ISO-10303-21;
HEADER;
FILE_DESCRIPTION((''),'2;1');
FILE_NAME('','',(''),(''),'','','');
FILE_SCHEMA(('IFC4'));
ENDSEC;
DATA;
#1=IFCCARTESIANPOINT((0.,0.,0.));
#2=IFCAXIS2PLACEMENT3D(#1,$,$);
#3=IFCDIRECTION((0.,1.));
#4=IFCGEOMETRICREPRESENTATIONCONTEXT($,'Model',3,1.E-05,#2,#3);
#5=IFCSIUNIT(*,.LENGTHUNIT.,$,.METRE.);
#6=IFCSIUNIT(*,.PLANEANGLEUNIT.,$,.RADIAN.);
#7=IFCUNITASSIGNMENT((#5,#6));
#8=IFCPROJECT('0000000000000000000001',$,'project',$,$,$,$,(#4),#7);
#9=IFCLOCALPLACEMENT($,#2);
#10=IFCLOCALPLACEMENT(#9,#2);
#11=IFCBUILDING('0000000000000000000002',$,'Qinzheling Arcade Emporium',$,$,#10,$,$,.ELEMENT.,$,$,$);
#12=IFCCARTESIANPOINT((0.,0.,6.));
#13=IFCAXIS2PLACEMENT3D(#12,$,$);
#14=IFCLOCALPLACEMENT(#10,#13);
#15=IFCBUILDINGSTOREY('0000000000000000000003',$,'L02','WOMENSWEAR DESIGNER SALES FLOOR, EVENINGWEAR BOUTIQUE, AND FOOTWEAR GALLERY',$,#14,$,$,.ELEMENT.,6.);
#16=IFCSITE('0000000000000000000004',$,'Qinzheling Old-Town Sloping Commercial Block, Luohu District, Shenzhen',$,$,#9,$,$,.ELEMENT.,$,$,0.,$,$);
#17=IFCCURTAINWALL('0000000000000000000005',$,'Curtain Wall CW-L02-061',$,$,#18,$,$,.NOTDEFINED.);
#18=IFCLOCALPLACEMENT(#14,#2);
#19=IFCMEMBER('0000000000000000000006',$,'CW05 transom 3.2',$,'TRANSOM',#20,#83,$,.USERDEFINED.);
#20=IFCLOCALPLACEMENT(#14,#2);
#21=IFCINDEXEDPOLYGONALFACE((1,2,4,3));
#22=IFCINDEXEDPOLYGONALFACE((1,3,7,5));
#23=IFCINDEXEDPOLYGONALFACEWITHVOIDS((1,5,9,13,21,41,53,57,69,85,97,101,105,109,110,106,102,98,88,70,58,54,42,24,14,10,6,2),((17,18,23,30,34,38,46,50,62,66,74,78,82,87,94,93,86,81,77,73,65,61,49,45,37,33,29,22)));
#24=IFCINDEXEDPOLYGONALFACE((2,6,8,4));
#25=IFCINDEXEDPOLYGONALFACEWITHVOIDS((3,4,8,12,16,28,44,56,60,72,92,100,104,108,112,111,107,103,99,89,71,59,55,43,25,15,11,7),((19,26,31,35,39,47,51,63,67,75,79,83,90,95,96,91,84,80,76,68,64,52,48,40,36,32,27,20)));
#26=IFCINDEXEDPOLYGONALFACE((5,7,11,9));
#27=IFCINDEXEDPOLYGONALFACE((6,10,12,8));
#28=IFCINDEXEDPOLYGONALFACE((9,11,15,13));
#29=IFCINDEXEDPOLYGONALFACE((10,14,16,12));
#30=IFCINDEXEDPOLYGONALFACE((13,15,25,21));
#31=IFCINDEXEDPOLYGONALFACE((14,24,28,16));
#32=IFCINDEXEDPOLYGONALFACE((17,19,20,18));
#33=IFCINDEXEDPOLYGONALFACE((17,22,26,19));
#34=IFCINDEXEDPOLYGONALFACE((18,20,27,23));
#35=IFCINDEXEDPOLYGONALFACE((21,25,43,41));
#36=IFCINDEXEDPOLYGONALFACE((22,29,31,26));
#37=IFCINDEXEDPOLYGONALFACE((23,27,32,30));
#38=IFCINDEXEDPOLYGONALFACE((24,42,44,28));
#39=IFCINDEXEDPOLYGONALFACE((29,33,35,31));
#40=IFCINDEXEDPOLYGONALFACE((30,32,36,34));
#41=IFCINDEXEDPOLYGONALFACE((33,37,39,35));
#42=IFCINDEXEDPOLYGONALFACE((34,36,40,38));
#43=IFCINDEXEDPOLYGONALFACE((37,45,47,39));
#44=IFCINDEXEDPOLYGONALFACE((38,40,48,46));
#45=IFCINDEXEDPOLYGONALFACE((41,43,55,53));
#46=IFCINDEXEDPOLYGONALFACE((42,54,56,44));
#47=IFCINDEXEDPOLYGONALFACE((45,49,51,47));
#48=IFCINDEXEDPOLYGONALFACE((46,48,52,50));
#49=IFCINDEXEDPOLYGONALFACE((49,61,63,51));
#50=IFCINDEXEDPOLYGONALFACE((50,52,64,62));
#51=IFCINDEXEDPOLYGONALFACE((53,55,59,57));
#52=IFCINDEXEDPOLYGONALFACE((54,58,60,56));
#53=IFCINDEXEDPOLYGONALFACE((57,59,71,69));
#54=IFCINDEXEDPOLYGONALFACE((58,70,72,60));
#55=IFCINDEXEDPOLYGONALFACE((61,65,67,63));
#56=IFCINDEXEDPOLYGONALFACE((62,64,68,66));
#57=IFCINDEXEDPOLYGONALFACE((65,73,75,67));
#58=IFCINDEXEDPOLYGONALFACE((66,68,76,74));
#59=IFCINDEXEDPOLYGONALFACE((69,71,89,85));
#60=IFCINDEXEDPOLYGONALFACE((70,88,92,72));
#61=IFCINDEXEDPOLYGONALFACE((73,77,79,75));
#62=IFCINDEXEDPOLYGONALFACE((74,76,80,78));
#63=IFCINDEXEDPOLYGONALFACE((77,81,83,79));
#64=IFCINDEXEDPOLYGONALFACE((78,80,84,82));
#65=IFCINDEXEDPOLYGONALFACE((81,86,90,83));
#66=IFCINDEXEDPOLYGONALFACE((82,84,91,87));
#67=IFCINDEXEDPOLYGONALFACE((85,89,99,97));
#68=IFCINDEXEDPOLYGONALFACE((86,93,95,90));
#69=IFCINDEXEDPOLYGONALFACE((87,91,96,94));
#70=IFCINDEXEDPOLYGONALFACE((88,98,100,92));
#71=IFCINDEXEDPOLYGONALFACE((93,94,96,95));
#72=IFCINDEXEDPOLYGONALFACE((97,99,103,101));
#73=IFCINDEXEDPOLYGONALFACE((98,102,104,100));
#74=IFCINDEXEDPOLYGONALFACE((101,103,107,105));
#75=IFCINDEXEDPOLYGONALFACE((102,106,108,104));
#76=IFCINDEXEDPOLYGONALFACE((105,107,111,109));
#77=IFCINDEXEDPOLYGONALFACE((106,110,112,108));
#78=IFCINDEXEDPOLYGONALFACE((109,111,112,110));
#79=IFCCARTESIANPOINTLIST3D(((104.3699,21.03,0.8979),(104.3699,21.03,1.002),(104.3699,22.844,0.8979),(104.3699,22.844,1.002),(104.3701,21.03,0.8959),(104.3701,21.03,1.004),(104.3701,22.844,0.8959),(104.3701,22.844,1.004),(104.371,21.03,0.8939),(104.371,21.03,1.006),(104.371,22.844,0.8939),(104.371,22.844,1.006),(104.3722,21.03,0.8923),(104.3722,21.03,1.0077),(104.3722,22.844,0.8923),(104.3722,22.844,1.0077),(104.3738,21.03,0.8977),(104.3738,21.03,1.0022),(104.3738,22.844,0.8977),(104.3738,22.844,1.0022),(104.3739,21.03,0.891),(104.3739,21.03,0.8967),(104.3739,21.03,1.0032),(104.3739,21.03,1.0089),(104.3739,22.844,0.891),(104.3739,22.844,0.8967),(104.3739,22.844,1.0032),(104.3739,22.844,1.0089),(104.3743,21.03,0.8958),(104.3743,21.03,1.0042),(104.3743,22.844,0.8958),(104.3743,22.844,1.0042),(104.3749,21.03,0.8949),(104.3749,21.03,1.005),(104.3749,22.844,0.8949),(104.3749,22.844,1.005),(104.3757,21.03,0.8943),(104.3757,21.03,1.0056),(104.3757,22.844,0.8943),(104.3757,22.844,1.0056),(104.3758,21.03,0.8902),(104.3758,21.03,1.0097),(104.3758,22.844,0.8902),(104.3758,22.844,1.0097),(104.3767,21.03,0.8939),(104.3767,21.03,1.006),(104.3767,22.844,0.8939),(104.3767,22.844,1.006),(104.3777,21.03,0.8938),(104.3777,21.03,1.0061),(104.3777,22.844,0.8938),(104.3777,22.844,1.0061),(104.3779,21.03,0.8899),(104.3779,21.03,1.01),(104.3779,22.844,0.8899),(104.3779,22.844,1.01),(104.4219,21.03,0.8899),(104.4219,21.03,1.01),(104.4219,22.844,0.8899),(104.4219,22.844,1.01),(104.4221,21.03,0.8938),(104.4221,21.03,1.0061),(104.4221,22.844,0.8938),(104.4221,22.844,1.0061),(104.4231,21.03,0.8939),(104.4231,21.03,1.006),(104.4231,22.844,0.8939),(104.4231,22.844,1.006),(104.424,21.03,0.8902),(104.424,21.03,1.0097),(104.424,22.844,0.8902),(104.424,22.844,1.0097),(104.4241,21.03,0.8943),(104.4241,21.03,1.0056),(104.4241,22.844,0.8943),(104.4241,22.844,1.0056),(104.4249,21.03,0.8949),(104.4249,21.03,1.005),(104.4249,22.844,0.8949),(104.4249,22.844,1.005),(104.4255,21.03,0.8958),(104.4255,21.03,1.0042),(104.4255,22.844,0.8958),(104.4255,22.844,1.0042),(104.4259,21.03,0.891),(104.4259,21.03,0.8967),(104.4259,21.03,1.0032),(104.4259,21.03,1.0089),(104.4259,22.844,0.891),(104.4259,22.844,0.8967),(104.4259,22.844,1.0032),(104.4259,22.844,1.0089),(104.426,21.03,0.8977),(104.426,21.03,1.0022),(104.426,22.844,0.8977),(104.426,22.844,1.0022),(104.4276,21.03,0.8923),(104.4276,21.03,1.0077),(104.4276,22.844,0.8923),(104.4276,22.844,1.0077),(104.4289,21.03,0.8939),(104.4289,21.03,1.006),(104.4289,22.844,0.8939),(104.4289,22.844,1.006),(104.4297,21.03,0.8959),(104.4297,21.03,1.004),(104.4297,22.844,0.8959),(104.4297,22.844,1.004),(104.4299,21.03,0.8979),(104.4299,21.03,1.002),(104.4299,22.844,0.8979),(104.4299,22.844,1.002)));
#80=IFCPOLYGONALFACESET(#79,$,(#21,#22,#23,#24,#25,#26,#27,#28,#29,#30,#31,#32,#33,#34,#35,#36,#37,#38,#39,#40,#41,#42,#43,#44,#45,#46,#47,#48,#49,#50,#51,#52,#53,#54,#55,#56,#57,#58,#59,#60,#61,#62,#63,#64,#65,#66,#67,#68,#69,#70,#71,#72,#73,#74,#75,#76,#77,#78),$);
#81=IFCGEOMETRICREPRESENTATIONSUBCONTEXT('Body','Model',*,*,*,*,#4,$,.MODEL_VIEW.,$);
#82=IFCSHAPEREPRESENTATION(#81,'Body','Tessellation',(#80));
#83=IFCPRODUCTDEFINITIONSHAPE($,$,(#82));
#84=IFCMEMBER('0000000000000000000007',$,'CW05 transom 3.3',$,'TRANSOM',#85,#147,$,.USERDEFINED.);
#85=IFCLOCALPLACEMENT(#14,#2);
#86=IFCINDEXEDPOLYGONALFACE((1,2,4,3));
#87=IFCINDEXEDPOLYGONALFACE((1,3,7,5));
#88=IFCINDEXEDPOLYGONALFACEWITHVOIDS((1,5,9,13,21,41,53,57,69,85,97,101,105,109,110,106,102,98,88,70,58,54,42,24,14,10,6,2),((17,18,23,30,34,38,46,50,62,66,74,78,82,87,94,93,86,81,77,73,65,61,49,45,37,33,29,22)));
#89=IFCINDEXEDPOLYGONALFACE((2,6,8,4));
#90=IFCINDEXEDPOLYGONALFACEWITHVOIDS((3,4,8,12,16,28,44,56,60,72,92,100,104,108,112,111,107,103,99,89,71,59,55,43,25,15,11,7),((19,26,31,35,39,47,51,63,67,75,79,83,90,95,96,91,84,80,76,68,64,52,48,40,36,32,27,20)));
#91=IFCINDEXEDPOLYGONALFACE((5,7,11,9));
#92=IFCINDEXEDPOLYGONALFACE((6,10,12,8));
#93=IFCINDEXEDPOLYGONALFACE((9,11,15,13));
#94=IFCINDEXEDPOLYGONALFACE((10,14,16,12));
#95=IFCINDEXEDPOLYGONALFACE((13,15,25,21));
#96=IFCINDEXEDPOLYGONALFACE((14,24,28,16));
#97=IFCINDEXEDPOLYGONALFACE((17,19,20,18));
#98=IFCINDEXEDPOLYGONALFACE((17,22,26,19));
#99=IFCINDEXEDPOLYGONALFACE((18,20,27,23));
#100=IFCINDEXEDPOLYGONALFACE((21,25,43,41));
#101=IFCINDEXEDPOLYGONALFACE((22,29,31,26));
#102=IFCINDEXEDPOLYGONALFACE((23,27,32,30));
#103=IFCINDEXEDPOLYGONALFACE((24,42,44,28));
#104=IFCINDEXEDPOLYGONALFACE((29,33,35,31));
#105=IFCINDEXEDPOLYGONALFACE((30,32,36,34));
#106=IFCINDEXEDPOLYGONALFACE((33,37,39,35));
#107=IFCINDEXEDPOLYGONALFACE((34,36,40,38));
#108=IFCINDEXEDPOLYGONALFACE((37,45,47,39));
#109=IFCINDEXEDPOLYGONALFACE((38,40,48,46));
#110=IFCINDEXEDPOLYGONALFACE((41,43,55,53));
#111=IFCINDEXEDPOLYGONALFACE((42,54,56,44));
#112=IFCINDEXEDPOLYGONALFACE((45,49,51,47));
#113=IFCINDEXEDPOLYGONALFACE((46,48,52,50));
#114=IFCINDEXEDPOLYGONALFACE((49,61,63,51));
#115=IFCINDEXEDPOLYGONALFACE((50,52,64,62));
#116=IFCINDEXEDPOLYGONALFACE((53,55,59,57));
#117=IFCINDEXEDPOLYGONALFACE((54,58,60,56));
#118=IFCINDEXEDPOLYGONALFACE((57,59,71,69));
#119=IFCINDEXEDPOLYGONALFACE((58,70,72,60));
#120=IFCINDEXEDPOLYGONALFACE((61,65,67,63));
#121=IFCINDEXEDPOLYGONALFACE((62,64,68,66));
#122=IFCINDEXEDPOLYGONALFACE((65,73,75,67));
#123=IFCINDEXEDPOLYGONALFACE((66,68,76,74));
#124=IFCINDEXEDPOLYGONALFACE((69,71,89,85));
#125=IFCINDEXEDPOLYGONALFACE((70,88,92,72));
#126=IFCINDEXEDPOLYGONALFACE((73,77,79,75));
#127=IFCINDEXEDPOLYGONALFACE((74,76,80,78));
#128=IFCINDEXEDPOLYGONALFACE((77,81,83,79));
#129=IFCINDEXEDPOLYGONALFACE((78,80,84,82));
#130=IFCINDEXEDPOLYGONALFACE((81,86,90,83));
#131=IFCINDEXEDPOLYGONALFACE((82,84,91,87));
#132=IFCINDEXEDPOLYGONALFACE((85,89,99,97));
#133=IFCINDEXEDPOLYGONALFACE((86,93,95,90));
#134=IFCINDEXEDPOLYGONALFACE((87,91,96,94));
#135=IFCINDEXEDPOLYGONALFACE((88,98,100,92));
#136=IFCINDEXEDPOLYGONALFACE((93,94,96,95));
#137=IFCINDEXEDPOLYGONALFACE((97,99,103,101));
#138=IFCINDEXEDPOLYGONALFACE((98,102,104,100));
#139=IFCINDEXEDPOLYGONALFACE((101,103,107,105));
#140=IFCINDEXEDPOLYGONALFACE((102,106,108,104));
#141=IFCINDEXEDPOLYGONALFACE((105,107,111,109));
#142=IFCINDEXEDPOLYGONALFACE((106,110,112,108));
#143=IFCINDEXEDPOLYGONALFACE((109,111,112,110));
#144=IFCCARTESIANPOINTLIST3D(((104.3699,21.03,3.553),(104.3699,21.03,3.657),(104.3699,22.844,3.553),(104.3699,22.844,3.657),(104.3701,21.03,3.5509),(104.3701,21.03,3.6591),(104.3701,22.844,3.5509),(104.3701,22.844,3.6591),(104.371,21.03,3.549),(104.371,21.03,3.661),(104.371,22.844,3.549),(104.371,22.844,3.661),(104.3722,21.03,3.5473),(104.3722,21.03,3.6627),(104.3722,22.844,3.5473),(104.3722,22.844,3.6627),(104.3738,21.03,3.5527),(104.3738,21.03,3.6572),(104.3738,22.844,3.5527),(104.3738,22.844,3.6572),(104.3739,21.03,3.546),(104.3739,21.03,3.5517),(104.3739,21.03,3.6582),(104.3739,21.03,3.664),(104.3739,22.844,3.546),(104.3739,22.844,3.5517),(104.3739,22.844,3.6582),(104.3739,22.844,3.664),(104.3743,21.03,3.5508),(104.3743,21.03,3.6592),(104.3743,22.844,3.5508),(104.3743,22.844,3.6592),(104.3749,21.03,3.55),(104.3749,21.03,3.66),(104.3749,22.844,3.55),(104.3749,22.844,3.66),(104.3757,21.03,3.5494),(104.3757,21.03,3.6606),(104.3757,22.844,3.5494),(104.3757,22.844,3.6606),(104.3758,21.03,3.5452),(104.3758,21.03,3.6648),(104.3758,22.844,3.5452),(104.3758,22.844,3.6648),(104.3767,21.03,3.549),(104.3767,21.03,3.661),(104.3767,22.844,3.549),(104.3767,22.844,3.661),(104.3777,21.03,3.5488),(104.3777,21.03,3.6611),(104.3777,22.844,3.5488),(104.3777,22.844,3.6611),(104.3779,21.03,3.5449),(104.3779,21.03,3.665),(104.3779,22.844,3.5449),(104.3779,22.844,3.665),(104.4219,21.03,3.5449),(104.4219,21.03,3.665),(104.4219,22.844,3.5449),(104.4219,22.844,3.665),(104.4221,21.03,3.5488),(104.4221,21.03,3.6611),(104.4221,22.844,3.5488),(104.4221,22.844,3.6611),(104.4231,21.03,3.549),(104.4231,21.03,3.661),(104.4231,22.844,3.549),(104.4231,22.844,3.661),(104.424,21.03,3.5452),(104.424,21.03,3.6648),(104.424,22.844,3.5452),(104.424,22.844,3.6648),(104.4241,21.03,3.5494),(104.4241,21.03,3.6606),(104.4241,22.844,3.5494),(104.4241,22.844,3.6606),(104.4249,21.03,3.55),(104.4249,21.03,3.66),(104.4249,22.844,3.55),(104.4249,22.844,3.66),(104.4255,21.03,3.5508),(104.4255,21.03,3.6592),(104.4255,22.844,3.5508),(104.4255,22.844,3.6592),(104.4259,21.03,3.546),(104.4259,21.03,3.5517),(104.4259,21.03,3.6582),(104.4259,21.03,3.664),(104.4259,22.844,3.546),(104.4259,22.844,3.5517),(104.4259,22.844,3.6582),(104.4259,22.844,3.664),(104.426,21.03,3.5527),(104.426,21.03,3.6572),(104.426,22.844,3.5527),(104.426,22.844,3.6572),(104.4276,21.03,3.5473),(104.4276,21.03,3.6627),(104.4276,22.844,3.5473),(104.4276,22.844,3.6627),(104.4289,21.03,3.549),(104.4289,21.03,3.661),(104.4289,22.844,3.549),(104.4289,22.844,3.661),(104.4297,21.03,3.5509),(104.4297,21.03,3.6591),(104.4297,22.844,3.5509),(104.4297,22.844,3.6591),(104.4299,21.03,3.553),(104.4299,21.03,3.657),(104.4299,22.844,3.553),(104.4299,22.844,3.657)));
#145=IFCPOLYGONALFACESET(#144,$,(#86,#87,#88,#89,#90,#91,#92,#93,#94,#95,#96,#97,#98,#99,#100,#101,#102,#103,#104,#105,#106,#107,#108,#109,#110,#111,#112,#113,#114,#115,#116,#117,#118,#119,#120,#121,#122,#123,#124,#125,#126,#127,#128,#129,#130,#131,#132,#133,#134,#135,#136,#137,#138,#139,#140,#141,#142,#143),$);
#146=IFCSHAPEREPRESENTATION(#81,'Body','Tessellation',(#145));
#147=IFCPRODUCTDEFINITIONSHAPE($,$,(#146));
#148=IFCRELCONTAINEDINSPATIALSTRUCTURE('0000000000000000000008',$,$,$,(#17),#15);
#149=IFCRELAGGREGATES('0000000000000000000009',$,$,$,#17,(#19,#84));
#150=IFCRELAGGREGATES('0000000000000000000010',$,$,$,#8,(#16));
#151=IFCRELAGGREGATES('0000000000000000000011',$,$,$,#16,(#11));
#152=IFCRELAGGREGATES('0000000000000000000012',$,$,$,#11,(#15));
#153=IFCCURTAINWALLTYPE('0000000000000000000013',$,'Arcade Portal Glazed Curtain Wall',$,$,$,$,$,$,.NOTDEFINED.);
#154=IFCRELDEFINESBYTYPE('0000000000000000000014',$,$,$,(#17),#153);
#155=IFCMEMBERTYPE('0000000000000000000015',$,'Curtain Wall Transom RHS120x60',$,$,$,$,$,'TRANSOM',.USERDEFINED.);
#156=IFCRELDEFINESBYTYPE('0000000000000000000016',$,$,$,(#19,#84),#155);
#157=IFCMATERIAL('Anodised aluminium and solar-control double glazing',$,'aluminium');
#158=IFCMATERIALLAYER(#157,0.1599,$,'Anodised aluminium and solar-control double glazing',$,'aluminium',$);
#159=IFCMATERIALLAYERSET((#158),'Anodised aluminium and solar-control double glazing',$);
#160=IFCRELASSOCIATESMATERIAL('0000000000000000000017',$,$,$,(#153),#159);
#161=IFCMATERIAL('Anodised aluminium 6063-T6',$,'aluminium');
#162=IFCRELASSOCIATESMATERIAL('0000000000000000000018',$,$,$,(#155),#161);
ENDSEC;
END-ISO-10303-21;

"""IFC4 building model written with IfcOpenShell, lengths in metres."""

from ifc_helpers import new_model, si_unit, direction, frame, origin, origin_2d, place, context, subcontext, project, spatial, hollow_rectangle, extrude, material, layer, layer_set, material_profile, profile_set, type_object, element, aggregate, save


model = new_model("IFC4")

# Units and contexts
model_context = context("Model", 3, precision=1e-05, world=origin(), true_north=direction((0.0, 1.0)))
body_context = subcontext(model_context, "Body", "Model", "MODEL_VIEW")
ifc_project = project(units=[si_unit("LENGTHUNIT", "METRE"), si_unit("PLANEANGLEUNIT", "RADIAN")], contexts=[model_context])

# Site, building, storey
site_placement = place(None, origin())
site = spatial("IfcSite", under=ifc_project, at=site_placement, Name="Qinzheling Old-Town Sloping Commercial Block, Luohu District, Shenzhen", CompositionType="ELEMENT", RefElevation=0.0)
building_placement = place(site_placement, origin())
building = spatial("IfcBuilding", under=site, at=building_placement, Name="Qinzheling Arcade Emporium", CompositionType="ELEMENT")
storey_placement = place(building_placement, frame((0.0, 0.0, 6.0)))
storey = spatial("IfcBuildingStorey", under=building, at=storey_placement, Name="L02", Description="WOMENSWEAR DESIGNER SALES FLOOR, EVENINGWEAR BOUTIQUE, AND FOOTWEAR GALLERY", CompositionType="ELEMENT", Elevation=6.0)

# Curtain wall, members
ifc_material_1 = material(Name="Anodised aluminium and solar-control double glazing", Category="aluminium")
ifc_layer_1 = layer(ifc_material_1, 0.1599, Name="Anodised aluminium and solar-control double glazing", Category="aluminium")
ifc_layer_set_1 = layer_set([ifc_layer_1], Name="Anodised aluminium and solar-control double glazing")
curtain_wall_type = type_object("IfcCurtainWallType", Name="Arcade Portal Glazed Curtain Wall", PredefinedType="NOTDEFINED", material=ifc_layer_set_1)
curtain_wall_placement = place(storey_placement, origin())
curtain_wall = element("IfcCurtainWall", 1, at=curtain_wall_placement, inside=storey, type_object=curtain_wall_type, Name="Curtain Wall CW-L02-061", PredefinedType="NOTDEFINED")
ifc_material_2 = material(Name="Anodised aluminium 6063-T6", Category="aluminium")
ifc_material_profile_1 = material_profile(ifc_material_2, hollow_rectangle(XDim=0.0601, YDim=0.1201, WallThickness=0.0039, InnerFilletRadius=0.0039, OuterFilletRadius=0.0081, at=origin_2d()), Name="RHS 120x60x4", Category="aluminium")
ifc_profile_set_1 = profile_set([ifc_material_profile_1], Name="Anodised aluminium 6063-T6")
member_type_1 = type_object("IfcMemberType", Name="Curtain Wall Transom RHS120x60", ElementType="TRANSOM", PredefinedType="USERDEFINED", material=ifc_profile_set_1)
member_1_placement = place(storey_placement, frame((104.3999, 21.03, 0.95), z_axis=(0.0, 1.0, 0.0), x_axis=(-1.0, 0.0, 0.0)))
member_1 = element("IfcMember", 2, at=member_1_placement, type_object=member_type_1, Name="CW05 transom 3.2", ObjectType="TRANSOM", PredefinedType="USERDEFINED", context=body_context, shape_type="SweptSolid", body=[
    extrude(hollow_rectangle(XDim=0.0601, YDim=0.1201, WallThickness=0.0039, InnerFilletRadius=0.0039, OuterFilletRadius=0.0081, at=origin_2d()), origin(), (0.0, 0.0, 1.0), 1.814),
])
member_2_placement = place(storey_placement, frame((104.3999, 21.03, 3.605), z_axis=(0.0, 1.0, 0.0), x_axis=(-1.0, 0.0, 0.0)))
member_2 = element("IfcMember", 3, at=member_2_placement, type_object=member_type_1, Name="CW05 transom 3.3", ObjectType="TRANSOM", PredefinedType="USERDEFINED", context=body_context, shape_type="SweptSolid", body=[
    extrude(hollow_rectangle(XDim=0.0601, YDim=0.1201, WallThickness=0.0039, InnerFilletRadius=0.0039, OuterFilletRadius=0.0081, at=origin_2d()), origin(), (0.0, 0.0, 1.0), 1.814),
])
aggregate(curtain_wall, [member_1, member_2])

save(model, "model.ifc")
